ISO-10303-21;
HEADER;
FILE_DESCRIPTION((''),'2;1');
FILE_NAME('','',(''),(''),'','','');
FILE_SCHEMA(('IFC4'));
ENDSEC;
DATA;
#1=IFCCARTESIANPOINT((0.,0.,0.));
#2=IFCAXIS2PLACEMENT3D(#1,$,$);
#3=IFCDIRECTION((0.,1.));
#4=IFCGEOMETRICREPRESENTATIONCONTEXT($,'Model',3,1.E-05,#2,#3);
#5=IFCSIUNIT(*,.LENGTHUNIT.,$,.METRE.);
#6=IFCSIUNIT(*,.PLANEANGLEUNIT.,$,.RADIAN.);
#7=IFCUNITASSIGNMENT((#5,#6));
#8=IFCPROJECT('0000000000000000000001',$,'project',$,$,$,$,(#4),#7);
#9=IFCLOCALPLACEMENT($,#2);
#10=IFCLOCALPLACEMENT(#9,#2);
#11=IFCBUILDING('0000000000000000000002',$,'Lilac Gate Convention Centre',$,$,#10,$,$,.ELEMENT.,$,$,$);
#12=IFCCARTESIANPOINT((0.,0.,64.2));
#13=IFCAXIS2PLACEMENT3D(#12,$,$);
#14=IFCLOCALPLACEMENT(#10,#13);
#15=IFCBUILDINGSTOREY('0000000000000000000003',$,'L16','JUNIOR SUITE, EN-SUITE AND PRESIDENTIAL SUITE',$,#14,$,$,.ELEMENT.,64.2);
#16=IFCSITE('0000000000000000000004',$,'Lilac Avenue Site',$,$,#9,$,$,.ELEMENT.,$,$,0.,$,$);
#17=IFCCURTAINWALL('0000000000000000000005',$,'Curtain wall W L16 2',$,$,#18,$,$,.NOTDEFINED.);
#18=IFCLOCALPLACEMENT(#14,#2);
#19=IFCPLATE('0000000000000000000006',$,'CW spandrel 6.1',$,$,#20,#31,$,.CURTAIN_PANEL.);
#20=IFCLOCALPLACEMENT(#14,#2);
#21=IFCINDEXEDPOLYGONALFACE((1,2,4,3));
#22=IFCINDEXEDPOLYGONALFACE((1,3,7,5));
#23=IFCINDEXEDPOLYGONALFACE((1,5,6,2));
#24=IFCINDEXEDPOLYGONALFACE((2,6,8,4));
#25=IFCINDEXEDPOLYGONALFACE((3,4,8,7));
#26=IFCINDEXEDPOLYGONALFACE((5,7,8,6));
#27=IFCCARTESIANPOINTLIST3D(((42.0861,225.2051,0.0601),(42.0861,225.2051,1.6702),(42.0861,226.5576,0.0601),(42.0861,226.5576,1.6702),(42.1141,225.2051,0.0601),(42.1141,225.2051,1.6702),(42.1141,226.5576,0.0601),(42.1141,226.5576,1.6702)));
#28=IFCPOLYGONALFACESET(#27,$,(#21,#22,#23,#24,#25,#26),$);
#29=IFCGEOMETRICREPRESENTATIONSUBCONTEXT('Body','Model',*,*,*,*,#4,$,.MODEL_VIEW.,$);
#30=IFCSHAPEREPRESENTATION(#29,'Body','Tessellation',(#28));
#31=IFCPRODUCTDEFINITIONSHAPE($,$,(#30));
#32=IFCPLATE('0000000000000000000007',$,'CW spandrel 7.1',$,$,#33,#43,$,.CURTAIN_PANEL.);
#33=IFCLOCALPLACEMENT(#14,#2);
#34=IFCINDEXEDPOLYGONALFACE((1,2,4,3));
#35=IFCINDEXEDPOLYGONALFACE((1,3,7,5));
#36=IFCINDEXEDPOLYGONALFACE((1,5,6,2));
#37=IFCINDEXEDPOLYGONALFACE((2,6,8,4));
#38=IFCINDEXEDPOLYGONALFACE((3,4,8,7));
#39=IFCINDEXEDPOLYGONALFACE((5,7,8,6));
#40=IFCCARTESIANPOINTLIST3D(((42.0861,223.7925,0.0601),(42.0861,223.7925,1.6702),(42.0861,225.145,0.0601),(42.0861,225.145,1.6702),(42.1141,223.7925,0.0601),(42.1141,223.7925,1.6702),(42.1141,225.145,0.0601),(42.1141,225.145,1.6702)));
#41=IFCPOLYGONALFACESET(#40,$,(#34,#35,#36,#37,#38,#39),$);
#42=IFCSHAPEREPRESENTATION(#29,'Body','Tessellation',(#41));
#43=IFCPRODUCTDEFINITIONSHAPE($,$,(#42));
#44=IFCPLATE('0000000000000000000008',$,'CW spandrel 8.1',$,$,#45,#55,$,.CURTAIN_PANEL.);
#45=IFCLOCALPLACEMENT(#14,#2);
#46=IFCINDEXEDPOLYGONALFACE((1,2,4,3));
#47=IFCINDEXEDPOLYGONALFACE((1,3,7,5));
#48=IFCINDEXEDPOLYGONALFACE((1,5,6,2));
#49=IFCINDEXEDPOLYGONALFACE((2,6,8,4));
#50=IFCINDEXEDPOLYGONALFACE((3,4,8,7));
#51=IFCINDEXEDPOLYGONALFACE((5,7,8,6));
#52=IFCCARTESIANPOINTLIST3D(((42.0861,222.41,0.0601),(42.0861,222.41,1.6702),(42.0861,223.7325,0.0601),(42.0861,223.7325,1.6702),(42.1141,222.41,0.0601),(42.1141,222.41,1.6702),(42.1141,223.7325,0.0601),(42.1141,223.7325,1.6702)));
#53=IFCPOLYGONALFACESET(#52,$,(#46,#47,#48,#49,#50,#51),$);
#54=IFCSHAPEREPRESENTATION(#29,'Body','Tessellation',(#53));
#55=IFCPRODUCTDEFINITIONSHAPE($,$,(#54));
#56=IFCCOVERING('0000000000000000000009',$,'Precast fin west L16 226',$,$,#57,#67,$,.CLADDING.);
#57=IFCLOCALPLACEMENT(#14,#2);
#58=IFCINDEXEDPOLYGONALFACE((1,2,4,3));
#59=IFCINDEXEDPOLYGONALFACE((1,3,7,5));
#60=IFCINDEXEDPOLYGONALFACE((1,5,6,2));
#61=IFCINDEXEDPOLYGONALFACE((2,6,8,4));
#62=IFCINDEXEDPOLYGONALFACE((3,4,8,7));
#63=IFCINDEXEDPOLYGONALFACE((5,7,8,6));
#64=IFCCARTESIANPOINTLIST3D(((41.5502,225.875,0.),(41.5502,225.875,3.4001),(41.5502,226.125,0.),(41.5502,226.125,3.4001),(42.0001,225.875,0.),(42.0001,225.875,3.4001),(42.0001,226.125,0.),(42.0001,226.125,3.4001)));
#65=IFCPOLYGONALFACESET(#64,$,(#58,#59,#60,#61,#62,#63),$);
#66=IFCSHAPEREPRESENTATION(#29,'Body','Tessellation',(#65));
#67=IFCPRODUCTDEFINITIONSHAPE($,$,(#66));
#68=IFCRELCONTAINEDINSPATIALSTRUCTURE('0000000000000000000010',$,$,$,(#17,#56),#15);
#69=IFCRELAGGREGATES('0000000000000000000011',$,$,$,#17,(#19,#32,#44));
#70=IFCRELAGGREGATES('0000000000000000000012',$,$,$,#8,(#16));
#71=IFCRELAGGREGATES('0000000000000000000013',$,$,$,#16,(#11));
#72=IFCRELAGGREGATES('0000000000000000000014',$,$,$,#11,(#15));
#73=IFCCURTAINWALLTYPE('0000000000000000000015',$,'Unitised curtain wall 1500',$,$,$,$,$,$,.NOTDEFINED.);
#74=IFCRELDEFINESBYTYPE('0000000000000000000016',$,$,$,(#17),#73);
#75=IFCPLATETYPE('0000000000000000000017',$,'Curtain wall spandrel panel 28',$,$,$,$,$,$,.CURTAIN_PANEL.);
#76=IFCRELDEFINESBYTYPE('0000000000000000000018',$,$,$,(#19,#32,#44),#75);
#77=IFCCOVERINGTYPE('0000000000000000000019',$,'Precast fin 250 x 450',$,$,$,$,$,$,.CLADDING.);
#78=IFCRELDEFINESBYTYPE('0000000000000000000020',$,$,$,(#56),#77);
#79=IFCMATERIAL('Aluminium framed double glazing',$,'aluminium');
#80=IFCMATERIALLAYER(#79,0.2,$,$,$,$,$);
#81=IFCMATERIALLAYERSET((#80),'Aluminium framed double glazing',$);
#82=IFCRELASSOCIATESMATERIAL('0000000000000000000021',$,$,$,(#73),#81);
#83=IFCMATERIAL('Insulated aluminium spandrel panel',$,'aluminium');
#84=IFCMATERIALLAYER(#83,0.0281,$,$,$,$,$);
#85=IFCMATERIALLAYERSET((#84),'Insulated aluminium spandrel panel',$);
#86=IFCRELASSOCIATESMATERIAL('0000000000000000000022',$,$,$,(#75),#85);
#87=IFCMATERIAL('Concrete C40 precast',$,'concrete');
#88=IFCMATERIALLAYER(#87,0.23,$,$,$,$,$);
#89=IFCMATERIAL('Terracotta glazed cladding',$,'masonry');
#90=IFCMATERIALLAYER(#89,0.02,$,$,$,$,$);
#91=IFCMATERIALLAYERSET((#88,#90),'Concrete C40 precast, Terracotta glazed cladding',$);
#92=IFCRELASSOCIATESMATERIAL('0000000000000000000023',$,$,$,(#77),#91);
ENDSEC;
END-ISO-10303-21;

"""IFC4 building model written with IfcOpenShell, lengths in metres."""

from ifc_helpers import new_model, si_unit, direction, frame, frame_2d, origin, origin_2d, place, context, subcontext, project, spatial, rectangle, extrude, material, layer, layer_set, type_object, element, aggregate, save


model = new_model("IFC4")

# Units and contexts
model_context = context("Model", 3, precision=1e-05, world=origin(), true_north=direction((0.0, 1.0)))
body_context = subcontext(model_context, "Body", "Model", "MODEL_VIEW")
ifc_project = project(units=[si_unit("LENGTHUNIT", "METRE"), si_unit("PLANEANGLEUNIT", "RADIAN")], contexts=[model_context])

# Site, building, storey
site_placement = place(None, origin())
site = spatial("IfcSite", under=ifc_project, at=site_placement, Name="Lilac Avenue Site", CompositionType="ELEMENT", RefElevation=0.0)
building_placement = place(site_placement, origin())
building = spatial("IfcBuilding", under=site, at=building_placement, Name="Lilac Gate Convention Centre", CompositionType="ELEMENT")
storey_placement = place(building_placement, frame((0.0, 0.0, 64.2)))
storey = spatial("IfcBuildingStorey", under=building, at=storey_placement, Name="L16", Description="JUNIOR SUITE, EN-SUITE AND PRESIDENTIAL SUITE", CompositionType="ELEMENT", Elevation=64.2)

# Curtain wall, plates
ifc_material_1 = material(Name="Aluminium framed double glazing", Category="aluminium")
ifc_layer_1 = layer(ifc_material_1, 0.2)
ifc_layer_set_1 = layer_set([ifc_layer_1], Name="Aluminium framed double glazing")
curtain_wall_type = type_object("IfcCurtainWallType", Name="Unitised curtain wall 1500", PredefinedType="NOTDEFINED", material=ifc_layer_set_1)
curtain_wall_placement = place(storey_placement, origin())
curtain_wall = element("IfcCurtainWall", 1, at=curtain_wall_placement, inside=storey, type_object=curtain_wall_type, Name="Curtain wall W L16 2", PredefinedType="NOTDEFINED")
ifc_material_2 = material(Name="Insulated aluminium spandrel panel", Category="aluminium")
ifc_layer_2 = layer(ifc_material_2, 0.0281)
ifc_layer_set_2 = layer_set([ifc_layer_2], Name="Insulated aluminium spandrel panel")
plate_type_1 = type_object("IfcPlateType", Name="Curtain wall spandrel panel 28", PredefinedType="CURTAIN_PANEL", material=ifc_layer_set_2)
plate_1_placement = place(storey_placement, frame((42.1001, 225.8813, 0.0601), z_axis=(0.0, 0.0, 1.0), x_axis=(0.0, -1.0, 0.0)))
plate_1 = element("IfcPlate", 2, at=plate_1_placement, type_object=plate_type_1, Name="CW spandrel 6.1", PredefinedType="CURTAIN_PANEL", context=body_context, shape_type="SweptSolid", body=[
    extrude(rectangle(XDim=1.3525, YDim=0.0281, at=origin_2d()), origin(), (0.0, 0.0, 1.0), 1.6101),
])
plate_2_placement = place(storey_placement, frame((42.1001, 224.4688, 0.0601), z_axis=(0.0, 0.0, 1.0), x_axis=(0.0, -1.0, 0.0)))
plate_2 = element("IfcPlate", 3, at=plate_2_placement, type_object=plate_type_1, Name="CW spandrel 7.1", PredefinedType="CURTAIN_PANEL", context=body_context, shape_type="SweptSolid", body=[
    extrude(rectangle(XDim=1.3525, YDim=0.0281, at=origin_2d()), origin(), (0.0, 0.0, 1.0), 1.6101),
])
plate_3_placement = place(storey_placement, frame((42.1001, 223.0713, 0.0601), z_axis=(0.0, 0.0, 1.0), x_axis=(0.0, -1.0, 0.0)))
plate_3 = element("IfcPlate", 4, at=plate_3_placement, type_object=plate_type_1, Name="CW spandrel 8.1", PredefinedType="CURTAIN_PANEL", context=body_context, shape_type="SweptSolid", body=[
    extrude(rectangle(XDim=1.3225, YDim=0.0281, at=origin_2d()), origin(), (0.0, 0.0, 1.0), 1.6101),
])
aggregate(curtain_wall, [plate_1, plate_2, plate_3])

# Covering
ifc_material_3 = material(Name="Concrete C40 precast", Category="concrete")
ifc_layer_3 = layer(ifc_material_3, 0.23)
ifc_material_4 = material(Name="Terracotta glazed cladding", Category="masonry")
ifc_layer_4 = layer(ifc_material_4, 0.02)
ifc_layer_set_3 = layer_set([ifc_layer_3, ifc_layer_4], Name="Concrete C40 precast, Terracotta glazed cladding")
covering_type = type_object("IfcCoveringType", Name="Precast fin 250 x 450", PredefinedType="CLADDING", material=ifc_layer_set_3)
covering_placement = place(storey_placement, frame((41.55, 226.0, 0.0), z_axis=(0.0, 0.0, 1.0), x_axis=(1.0, 0.0, 0.0)))
element("IfcCovering", 5, at=covering_placement, inside=storey, type_object=covering_type, Name="Precast fin west L16 226", PredefinedType="CLADDING", context=body_context, shape_type="SweptSolid", body=[
    extrude(rectangle(XDim=0.45, YDim=0.25, at=frame_2d((0.2251, 0.0))), origin(), (0.0, 0.0, 1.0), 3.4001),
])

save(model, "model.ifc")
